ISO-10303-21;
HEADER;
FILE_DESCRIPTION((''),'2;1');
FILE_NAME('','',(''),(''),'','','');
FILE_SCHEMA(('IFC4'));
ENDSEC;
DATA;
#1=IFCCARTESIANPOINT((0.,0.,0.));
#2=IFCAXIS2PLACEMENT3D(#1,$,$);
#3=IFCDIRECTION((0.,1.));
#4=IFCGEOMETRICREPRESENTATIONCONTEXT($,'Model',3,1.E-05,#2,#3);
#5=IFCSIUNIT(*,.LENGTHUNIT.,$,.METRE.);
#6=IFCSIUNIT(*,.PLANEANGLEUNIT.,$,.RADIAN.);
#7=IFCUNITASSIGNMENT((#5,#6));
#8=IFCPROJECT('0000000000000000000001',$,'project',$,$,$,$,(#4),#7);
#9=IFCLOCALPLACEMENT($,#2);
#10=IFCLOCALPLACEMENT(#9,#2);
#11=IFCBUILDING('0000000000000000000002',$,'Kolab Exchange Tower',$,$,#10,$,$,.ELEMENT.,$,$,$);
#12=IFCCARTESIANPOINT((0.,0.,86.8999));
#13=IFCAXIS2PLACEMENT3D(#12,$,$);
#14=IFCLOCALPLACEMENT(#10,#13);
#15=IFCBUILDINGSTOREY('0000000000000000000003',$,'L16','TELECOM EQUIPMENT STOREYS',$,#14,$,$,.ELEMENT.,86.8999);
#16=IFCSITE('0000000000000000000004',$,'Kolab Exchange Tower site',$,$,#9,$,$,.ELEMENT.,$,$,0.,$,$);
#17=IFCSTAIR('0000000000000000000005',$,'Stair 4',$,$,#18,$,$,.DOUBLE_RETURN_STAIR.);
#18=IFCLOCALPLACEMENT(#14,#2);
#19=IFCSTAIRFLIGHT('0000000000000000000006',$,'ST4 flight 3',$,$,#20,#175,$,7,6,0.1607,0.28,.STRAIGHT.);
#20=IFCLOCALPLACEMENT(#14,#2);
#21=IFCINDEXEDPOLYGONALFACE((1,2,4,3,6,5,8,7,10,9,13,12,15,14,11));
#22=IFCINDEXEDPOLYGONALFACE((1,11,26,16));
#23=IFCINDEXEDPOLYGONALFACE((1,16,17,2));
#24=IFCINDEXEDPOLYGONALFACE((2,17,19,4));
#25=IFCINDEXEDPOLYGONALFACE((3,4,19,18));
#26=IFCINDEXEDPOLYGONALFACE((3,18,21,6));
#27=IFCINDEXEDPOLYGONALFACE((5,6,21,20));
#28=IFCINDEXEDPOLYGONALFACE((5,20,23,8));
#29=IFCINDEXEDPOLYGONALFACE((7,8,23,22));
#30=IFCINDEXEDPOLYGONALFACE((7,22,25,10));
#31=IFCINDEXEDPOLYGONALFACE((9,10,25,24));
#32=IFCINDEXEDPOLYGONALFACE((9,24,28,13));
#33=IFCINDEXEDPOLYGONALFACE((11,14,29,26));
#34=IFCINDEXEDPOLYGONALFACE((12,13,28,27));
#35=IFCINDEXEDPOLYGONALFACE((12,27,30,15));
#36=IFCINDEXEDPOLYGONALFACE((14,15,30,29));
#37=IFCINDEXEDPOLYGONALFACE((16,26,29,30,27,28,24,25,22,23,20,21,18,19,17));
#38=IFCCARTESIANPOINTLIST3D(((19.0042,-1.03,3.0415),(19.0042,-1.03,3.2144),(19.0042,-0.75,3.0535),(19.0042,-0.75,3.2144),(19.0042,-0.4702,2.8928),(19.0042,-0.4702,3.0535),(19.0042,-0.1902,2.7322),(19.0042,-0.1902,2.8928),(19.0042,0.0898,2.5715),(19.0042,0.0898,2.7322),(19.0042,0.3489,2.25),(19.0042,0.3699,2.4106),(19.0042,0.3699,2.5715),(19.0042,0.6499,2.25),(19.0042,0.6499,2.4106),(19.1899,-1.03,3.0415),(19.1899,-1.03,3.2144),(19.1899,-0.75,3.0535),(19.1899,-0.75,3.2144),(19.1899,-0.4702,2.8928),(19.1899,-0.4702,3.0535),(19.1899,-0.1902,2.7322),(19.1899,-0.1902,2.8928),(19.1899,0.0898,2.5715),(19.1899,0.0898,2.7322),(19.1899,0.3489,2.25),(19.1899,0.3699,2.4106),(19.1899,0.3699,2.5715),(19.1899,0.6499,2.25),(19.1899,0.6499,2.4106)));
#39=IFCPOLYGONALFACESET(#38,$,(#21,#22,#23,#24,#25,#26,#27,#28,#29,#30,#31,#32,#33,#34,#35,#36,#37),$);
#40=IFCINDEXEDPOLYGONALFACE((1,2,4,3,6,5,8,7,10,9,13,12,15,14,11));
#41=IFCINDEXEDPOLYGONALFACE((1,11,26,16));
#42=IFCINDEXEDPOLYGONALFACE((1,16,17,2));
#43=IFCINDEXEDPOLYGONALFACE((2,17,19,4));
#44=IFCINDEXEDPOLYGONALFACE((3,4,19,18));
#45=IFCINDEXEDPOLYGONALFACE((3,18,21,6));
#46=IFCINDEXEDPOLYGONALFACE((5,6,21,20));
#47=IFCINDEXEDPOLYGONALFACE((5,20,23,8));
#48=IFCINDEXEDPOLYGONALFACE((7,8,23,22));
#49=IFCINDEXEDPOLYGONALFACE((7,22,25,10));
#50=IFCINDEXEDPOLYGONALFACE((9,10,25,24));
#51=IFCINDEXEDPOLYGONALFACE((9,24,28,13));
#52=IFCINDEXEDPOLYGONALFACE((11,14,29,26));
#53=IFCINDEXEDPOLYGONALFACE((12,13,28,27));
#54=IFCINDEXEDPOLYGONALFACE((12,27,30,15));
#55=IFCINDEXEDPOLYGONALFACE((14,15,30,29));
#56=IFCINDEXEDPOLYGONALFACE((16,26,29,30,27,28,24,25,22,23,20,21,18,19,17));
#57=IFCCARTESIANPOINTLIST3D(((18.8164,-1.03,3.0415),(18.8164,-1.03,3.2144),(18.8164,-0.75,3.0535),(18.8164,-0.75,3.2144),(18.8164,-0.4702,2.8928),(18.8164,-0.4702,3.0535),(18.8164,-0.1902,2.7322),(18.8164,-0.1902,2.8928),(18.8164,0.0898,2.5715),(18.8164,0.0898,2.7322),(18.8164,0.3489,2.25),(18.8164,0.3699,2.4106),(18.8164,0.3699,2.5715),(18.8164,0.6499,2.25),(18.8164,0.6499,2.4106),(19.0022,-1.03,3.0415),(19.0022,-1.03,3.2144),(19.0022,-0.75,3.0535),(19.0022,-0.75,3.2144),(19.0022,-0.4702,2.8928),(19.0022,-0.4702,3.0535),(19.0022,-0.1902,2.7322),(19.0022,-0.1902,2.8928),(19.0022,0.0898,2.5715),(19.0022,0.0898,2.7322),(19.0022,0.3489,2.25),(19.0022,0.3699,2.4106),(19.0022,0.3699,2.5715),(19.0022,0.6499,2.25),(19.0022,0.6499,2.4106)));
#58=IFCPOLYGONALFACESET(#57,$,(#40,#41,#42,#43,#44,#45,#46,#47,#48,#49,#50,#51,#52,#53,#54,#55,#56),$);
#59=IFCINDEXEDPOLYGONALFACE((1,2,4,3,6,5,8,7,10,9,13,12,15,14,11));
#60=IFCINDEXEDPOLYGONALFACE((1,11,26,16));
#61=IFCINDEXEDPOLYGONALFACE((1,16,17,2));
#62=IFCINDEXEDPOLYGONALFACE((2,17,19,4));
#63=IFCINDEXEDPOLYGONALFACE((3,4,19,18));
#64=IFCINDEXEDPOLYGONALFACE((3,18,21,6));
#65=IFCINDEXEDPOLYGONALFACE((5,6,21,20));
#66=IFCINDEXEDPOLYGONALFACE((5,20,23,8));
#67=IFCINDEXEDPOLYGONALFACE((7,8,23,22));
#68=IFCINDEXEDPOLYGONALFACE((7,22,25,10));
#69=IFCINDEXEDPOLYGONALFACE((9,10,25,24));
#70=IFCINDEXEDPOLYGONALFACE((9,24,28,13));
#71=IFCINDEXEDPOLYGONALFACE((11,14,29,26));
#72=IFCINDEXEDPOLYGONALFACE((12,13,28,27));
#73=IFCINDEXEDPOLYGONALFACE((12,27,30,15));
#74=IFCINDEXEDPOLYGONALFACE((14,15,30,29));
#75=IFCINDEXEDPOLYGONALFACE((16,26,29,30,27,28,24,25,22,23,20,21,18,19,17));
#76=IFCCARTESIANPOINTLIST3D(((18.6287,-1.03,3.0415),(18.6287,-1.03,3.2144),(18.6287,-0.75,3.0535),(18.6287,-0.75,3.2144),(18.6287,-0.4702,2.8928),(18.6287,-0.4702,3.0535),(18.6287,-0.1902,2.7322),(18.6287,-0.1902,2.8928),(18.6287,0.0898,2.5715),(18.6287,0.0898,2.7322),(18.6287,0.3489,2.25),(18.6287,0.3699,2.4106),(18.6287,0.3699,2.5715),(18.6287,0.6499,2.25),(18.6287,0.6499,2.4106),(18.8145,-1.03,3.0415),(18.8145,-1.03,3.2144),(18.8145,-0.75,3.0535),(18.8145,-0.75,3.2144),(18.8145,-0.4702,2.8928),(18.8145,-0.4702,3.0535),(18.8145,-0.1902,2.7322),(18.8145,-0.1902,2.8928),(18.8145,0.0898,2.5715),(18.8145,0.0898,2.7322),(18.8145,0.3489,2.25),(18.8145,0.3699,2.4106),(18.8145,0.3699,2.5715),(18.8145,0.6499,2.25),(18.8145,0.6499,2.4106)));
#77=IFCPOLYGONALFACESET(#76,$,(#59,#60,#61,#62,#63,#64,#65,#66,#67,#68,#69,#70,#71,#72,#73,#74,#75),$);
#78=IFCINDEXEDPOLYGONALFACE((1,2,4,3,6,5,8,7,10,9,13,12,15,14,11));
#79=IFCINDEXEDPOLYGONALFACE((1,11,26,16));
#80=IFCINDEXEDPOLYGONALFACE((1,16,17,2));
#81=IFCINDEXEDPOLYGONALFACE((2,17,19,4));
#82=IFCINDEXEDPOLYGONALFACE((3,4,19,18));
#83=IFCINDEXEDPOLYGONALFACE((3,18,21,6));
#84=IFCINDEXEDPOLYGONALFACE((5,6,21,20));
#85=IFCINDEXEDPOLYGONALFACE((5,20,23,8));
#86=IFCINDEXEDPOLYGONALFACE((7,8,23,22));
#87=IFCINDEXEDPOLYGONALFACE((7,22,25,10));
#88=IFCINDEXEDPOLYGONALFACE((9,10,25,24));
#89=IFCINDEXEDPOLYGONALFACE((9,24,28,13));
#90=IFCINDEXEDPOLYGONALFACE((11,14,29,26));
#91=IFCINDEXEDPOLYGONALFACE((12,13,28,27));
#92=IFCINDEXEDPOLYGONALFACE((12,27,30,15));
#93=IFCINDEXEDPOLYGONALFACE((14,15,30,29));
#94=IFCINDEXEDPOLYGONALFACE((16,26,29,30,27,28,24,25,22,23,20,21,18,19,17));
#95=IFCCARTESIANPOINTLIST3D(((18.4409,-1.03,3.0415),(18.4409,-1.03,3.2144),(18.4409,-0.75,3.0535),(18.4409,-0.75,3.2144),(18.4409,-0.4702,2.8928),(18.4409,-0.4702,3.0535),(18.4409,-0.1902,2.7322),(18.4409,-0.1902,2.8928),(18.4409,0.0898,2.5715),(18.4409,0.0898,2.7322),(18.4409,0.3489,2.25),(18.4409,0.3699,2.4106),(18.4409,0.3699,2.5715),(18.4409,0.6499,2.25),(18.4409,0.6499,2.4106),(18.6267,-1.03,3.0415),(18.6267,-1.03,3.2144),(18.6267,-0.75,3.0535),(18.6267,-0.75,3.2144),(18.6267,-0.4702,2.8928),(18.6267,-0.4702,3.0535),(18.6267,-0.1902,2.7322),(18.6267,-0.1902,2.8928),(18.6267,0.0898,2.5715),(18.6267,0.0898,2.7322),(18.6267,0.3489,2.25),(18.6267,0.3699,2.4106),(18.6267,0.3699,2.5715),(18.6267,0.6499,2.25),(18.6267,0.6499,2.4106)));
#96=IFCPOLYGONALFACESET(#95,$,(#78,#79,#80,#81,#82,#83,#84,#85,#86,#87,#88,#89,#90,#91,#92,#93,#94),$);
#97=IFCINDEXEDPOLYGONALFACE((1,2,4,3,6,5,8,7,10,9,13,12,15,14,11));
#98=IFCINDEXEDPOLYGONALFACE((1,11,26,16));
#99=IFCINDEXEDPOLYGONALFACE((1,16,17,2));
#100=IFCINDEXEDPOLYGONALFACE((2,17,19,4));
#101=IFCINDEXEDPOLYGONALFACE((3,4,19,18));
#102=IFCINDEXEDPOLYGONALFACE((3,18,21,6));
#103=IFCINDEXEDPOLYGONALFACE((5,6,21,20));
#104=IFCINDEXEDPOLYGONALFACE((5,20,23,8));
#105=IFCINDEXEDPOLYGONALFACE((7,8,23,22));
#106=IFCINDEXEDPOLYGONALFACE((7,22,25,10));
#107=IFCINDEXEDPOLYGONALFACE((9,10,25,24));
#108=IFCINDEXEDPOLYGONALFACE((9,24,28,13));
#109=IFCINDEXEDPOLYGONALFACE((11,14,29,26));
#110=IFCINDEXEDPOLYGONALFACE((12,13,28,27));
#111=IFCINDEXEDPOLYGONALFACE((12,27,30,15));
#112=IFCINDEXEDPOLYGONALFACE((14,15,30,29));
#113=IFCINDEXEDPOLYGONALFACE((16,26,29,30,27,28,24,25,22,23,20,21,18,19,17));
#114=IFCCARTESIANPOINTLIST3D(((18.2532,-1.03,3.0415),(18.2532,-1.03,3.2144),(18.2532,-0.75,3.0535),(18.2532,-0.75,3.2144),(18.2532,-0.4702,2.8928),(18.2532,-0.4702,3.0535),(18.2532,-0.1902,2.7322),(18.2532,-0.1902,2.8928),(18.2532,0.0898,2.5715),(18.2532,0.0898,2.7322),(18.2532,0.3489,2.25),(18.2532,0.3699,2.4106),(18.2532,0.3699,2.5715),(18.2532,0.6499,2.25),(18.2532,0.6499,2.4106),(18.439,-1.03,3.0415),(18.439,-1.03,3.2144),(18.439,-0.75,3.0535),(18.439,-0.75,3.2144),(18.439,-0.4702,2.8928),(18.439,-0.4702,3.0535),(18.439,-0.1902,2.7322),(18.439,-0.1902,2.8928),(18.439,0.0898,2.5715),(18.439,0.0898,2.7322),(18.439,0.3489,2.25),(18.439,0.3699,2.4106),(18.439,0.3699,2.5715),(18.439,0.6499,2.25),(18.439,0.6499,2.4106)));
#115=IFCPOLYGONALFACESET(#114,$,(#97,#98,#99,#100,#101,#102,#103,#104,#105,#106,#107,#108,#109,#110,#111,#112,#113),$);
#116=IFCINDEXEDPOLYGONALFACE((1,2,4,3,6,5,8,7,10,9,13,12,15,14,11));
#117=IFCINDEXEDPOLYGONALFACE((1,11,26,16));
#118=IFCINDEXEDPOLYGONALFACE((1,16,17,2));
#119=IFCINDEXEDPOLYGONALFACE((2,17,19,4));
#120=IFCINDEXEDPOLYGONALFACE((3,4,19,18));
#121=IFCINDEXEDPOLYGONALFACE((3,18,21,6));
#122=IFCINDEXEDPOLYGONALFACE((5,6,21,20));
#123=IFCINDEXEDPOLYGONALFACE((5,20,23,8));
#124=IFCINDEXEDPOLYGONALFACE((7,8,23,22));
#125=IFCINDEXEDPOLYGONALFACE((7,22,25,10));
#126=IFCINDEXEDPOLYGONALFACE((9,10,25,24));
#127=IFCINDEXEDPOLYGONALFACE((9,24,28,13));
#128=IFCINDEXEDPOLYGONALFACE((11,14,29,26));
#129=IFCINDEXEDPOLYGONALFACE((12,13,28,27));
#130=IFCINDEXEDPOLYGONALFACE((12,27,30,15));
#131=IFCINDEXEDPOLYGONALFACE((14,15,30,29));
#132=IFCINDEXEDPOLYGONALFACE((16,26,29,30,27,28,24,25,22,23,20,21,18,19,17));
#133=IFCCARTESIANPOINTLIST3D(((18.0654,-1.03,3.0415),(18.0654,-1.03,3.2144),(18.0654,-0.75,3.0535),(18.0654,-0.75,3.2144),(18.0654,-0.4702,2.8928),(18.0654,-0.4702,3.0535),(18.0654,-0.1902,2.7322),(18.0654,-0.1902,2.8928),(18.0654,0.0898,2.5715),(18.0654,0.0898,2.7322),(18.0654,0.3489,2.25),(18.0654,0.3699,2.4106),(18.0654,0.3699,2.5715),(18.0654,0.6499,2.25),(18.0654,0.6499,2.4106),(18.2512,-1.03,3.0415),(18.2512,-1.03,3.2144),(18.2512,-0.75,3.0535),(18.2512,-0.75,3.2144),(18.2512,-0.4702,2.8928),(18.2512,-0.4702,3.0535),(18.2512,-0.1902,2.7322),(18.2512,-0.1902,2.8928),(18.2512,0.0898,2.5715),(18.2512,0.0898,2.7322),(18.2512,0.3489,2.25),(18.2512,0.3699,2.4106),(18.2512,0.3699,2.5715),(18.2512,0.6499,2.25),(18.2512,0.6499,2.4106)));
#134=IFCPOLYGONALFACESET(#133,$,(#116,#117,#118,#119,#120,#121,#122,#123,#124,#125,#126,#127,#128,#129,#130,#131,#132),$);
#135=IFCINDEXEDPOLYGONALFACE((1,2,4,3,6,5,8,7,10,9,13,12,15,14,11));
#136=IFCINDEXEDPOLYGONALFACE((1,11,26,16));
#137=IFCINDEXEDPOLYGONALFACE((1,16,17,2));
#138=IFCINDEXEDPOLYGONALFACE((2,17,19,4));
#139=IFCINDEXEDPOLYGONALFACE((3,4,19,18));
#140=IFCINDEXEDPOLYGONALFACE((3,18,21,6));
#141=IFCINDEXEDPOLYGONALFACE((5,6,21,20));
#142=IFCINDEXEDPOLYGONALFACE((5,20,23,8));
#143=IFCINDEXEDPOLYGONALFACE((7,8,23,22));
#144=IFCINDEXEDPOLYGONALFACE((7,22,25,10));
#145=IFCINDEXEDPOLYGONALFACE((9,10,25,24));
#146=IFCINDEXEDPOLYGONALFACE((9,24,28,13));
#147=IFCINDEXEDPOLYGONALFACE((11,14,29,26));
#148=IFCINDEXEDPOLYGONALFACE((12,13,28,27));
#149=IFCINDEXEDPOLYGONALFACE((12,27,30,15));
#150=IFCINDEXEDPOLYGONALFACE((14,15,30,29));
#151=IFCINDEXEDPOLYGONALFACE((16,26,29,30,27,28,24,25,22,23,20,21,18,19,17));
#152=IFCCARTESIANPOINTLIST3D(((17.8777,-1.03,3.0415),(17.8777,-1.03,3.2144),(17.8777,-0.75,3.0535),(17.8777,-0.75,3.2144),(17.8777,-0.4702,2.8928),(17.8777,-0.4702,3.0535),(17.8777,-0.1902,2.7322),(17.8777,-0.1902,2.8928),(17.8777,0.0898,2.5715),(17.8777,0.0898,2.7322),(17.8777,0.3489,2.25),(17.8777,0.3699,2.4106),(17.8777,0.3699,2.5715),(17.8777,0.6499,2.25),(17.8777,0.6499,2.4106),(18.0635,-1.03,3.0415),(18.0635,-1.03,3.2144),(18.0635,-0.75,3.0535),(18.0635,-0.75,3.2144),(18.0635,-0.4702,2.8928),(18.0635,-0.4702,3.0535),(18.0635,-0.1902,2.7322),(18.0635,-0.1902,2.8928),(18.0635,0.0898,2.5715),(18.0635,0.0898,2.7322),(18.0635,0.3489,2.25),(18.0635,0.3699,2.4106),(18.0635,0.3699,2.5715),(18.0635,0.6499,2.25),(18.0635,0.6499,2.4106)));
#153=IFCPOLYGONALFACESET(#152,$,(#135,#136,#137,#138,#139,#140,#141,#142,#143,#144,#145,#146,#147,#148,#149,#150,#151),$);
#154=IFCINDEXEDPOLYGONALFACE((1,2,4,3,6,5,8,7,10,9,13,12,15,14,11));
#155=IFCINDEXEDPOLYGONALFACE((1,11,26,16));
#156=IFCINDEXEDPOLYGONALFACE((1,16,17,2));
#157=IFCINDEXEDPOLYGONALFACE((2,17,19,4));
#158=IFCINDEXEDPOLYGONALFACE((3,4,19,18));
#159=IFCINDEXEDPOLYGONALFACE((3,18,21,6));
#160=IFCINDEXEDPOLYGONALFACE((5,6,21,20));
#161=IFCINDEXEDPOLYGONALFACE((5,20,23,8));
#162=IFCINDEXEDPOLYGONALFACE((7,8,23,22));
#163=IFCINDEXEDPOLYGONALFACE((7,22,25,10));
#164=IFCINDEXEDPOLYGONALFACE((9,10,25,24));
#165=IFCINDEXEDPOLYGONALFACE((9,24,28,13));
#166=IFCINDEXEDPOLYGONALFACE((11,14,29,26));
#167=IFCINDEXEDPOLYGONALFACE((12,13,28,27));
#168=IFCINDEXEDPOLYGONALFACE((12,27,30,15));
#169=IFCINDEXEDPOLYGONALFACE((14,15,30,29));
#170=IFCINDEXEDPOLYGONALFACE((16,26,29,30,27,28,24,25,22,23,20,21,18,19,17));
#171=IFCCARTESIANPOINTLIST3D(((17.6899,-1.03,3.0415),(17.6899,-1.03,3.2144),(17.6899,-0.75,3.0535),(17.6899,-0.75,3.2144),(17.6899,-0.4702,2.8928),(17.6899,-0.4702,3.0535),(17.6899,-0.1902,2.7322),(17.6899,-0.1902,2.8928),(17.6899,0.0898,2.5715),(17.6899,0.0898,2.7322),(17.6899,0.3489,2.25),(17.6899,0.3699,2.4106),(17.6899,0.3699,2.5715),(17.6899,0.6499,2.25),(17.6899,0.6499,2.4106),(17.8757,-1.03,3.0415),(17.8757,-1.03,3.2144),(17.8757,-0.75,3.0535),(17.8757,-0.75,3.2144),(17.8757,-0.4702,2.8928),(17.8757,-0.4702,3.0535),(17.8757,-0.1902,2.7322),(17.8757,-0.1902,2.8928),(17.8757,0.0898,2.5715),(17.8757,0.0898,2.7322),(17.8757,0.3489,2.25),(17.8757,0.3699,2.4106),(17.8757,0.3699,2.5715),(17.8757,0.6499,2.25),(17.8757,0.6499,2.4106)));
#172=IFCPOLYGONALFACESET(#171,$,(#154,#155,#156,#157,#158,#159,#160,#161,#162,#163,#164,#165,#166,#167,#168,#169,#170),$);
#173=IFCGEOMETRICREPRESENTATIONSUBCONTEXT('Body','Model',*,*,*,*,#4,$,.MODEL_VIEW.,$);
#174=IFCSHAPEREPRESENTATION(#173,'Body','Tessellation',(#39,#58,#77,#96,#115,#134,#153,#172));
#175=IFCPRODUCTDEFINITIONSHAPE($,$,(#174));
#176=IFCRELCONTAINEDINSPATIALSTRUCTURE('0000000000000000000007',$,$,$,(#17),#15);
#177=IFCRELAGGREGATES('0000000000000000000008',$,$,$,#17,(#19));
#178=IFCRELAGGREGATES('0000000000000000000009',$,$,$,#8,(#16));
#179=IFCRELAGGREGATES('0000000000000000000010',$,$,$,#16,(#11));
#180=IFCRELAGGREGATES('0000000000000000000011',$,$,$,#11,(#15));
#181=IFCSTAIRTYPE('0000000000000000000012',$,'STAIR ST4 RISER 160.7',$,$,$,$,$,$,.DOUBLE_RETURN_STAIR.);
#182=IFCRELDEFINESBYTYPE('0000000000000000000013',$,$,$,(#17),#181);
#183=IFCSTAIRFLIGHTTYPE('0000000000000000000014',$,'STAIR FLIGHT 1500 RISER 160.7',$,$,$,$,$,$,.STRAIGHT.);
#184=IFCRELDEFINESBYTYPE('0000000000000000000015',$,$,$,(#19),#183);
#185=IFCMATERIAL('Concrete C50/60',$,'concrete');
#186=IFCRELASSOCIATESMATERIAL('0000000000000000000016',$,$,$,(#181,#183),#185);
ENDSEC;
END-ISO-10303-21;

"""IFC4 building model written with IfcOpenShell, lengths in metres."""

from ifc_helpers import new_model, si_unit, direction, frame, origin, place, context, subcontext, project, spatial, polyline, outline, extrude, material, type_object, element, aggregate, save


model = new_model("IFC4")

# Units and contexts
model_context = context("Model", 3, precision=1e-05, world=origin(), true_north=direction((0.0, 1.0)))
body_context = subcontext(model_context, "Body", "Model", "MODEL_VIEW")
ifc_project = project(units=[si_unit("LENGTHUNIT", "METRE"), si_unit("PLANEANGLEUNIT", "RADIAN")], contexts=[model_context])

# Site, building, storey
site_placement = place(None, origin())
site = spatial("IfcSite", under=ifc_project, at=site_placement, Name="Kolab Exchange Tower site", CompositionType="ELEMENT", RefElevation=0.0)
building_placement = place(site_placement, origin())
building = spatial("IfcBuilding", under=site, at=building_placement, Name="Kolab Exchange Tower", CompositionType="ELEMENT")
storey_placement = place(building_placement, frame((0.0, 0.0, 86.8999)))
storey = spatial("IfcBuildingStorey", under=building, at=storey_placement, Name="L16", Description="TELECOM EQUIPMENT STOREYS", CompositionType="ELEMENT", Elevation=86.8999)

# Shared definitions
ifc_material_1 = material(Name="Concrete C50/60", Category="concrete")

# Stair, stair flight
stair_type = type_object("IfcStairType", Name="STAIR ST4 RISER 160.7", PredefinedType="DOUBLE_RETURN_STAIR", material=ifc_material_1)
stair_placement = place(storey_placement, origin())
stair = element("IfcStair", 1, at=stair_placement, inside=storey, type_object=stair_type, Name="Stair 4", PredefinedType="DOUBLE_RETURN_STAIR")
stair_flight_type = type_object("IfcStairFlightType", Name="STAIR FLIGHT 1500 RISER 160.7", PredefinedType="STRAIGHT", material=ifc_material_1)
stair_flight_1_placement = place(storey_placement, frame((18.4399, 0.6499, 2.25), z_axis=(0.0, 0.0, 1.0), x_axis=(0.0, -1.0, 0.0)))
stair_flight_1 = element("IfcStairFlight", 2, at=stair_flight_1_placement, type_object=stair_flight_type, Name="ST4 flight 3", NumberOfRisers=7, NumberOfTreads=6, PredefinedType="STRAIGHT", RiserHeight=0.1607, TreadLength=0.28, context=body_context, shape_type="SweptSolid", body=[
    extrude(outline(polyline([(0.0, 0.0), (0.0, 0.1606), (0.28, 0.1606), (0.28, 0.3215), (0.5601, 0.3215), (0.5601, 0.4822), (0.8401, 0.4822), (0.8401, 0.6428), (1.1201, 0.6428), (1.1201, 0.8035), (1.3999, 0.8035), (1.3999, 0.9644), (1.6799, 0.9644), (1.6799, 1.125), (1.6799, 0.7915), (0.301, 0.0), (0.0, 0.0)])), frame((0.0, 0.75, 0.0), z_axis=(0.0, -1.0, 0.0), x_axis=(1.0, 0.0, 0.0)), (0.0, 0.0, 1.0), 0.1858),
    extrude(outline(polyline([(0.0, 0.0), (0.0, 0.1606), (0.28, 0.1606), (0.28, 0.3215), (0.5601, 0.3215), (0.5601, 0.4822), (0.8401, 0.4822), (0.8401, 0.6428), (1.1201, 0.6428), (1.1201, 0.8035), (1.3999, 0.8035), (1.3999, 0.9644), (1.6799, 0.9644), (1.6799, 1.125), (1.6799, 0.7915), (0.301, 0.0), (0.0, 0.0)])), frame((0.0, 0.5623, 0.0), z_axis=(0.0, -1.0, 0.0), x_axis=(1.0, 0.0, 0.0)), (0.0, 0.0, 1.0), 0.1858),
    extrude(outline(polyline([(0.0, 0.0), (0.0, 0.1606), (0.28, 0.1606), (0.28, 0.3215), (0.5601, 0.3215), (0.5601, 0.4822), (0.8401, 0.4822), (0.8401, 0.6428), (1.1201, 0.6428), (1.1201, 0.8035), (1.3999, 0.8035), (1.3999, 0.9644), (1.6799, 0.9644), (1.6799, 1.125), (1.6799, 0.7915), (0.301, 0.0), (0.0, 0.0)])), frame((0.0, 0.3745, 0.0), z_axis=(0.0, -1.0, 0.0), x_axis=(1.0, 0.0, 0.0)), (0.0, 0.0, 1.0), 0.1858),
    extrude(outline(polyline([(0.0, 0.0), (0.0, 0.1606), (0.28, 0.1606), (0.28, 0.3215), (0.5601, 0.3215), (0.5601, 0.4822), (0.8401, 0.4822), (0.8401, 0.6428), (1.1201, 0.6428), (1.1201, 0.8035), (1.3999, 0.8035), (1.3999, 0.9644), (1.6799, 0.9644), (1.6799, 1.125), (1.6799, 0.7915), (0.301, 0.0), (0.0, 0.0)])), frame((0.0, 0.1868, 0.0), z_axis=(0.0, -1.0, 0.0), x_axis=(1.0, 0.0, 0.0)), (0.0, 0.0, 1.0), 0.1858),
    extrude(outline(polyline([(0.0, 0.0), (0.0, 0.1606), (0.28, 0.1606), (0.28, 0.3215), (0.5601, 0.3215), (0.5601, 0.4822), (0.8401, 0.4822), (0.8401, 0.6428), (1.1201, 0.6428), (1.1201, 0.8035), (1.3999, 0.8035), (1.3999, 0.9644), (1.6799, 0.9644), (1.6799, 1.125), (1.6799, 0.7915), (0.301, 0.0), (0.0, 0.0)])), frame((0.0, -0.001, 0.0), z_axis=(0.0, -1.0, 0.0), x_axis=(1.0, 0.0, 0.0)), (0.0, 0.0, 1.0), 0.1858),
    extrude(outline(polyline([(0.0, 0.0), (0.0, 0.1606), (0.28, 0.1606), (0.28, 0.3215), (0.5601, 0.3215), (0.5601, 0.4822), (0.8401, 0.4822), (0.8401, 0.6428), (1.1201, 0.6428), (1.1201, 0.8035), (1.3999, 0.8035), (1.3999, 0.9644), (1.6799, 0.9644), (1.6799, 1.125), (1.6799, 0.7915), (0.301, 0.0), (0.0, 0.0)])), frame((0.0, -0.1887, 0.0), z_axis=(0.0, -1.0, 0.0), x_axis=(1.0, 0.0, 0.0)), (0.0, 0.0, 1.0), 0.1858),
    extrude(outline(polyline([(0.0, 0.0), (0.0, 0.1606), (0.28, 0.1606), (0.28, 0.3215), (0.5601, 0.3215), (0.5601, 0.4822), (0.8401, 0.4822), (0.8401, 0.6428), (1.1201, 0.6428), (1.1201, 0.8035), (1.3999, 0.8035), (1.3999, 0.9644), (1.6799, 0.9644), (1.6799, 1.125), (1.6799, 0.7915), (0.301, 0.0), (0.0, 0.0)])), frame((0.0, -0.3765, 0.0), z_axis=(0.0, -1.0, 0.0), x_axis=(1.0, 0.0, 0.0)), (0.0, 0.0, 1.0), 0.1858),
    extrude(outline(polyline([(0.0, 0.0), (0.0, 0.1606), (0.28, 0.1606), (0.28, 0.3215), (0.5601, 0.3215), (0.5601, 0.4822), (0.8401, 0.4822), (0.8401, 0.6428), (1.1201, 0.6428), (1.1201, 0.8035), (1.3999, 0.8035), (1.3999, 0.9644), (1.6799, 0.9644), (1.6799, 1.125), (1.6799, 0.7915), (0.301, 0.0), (0.0, 0.0)])), frame((0.0, -0.5642, 0.0), z_axis=(0.0, -1.0, 0.0), x_axis=(1.0, 0.0, 0.0)), (0.0, 0.0, 1.0), 0.1858),
])
aggregate(stair, [stair_flight_1])

save(model, "model.ifc")
